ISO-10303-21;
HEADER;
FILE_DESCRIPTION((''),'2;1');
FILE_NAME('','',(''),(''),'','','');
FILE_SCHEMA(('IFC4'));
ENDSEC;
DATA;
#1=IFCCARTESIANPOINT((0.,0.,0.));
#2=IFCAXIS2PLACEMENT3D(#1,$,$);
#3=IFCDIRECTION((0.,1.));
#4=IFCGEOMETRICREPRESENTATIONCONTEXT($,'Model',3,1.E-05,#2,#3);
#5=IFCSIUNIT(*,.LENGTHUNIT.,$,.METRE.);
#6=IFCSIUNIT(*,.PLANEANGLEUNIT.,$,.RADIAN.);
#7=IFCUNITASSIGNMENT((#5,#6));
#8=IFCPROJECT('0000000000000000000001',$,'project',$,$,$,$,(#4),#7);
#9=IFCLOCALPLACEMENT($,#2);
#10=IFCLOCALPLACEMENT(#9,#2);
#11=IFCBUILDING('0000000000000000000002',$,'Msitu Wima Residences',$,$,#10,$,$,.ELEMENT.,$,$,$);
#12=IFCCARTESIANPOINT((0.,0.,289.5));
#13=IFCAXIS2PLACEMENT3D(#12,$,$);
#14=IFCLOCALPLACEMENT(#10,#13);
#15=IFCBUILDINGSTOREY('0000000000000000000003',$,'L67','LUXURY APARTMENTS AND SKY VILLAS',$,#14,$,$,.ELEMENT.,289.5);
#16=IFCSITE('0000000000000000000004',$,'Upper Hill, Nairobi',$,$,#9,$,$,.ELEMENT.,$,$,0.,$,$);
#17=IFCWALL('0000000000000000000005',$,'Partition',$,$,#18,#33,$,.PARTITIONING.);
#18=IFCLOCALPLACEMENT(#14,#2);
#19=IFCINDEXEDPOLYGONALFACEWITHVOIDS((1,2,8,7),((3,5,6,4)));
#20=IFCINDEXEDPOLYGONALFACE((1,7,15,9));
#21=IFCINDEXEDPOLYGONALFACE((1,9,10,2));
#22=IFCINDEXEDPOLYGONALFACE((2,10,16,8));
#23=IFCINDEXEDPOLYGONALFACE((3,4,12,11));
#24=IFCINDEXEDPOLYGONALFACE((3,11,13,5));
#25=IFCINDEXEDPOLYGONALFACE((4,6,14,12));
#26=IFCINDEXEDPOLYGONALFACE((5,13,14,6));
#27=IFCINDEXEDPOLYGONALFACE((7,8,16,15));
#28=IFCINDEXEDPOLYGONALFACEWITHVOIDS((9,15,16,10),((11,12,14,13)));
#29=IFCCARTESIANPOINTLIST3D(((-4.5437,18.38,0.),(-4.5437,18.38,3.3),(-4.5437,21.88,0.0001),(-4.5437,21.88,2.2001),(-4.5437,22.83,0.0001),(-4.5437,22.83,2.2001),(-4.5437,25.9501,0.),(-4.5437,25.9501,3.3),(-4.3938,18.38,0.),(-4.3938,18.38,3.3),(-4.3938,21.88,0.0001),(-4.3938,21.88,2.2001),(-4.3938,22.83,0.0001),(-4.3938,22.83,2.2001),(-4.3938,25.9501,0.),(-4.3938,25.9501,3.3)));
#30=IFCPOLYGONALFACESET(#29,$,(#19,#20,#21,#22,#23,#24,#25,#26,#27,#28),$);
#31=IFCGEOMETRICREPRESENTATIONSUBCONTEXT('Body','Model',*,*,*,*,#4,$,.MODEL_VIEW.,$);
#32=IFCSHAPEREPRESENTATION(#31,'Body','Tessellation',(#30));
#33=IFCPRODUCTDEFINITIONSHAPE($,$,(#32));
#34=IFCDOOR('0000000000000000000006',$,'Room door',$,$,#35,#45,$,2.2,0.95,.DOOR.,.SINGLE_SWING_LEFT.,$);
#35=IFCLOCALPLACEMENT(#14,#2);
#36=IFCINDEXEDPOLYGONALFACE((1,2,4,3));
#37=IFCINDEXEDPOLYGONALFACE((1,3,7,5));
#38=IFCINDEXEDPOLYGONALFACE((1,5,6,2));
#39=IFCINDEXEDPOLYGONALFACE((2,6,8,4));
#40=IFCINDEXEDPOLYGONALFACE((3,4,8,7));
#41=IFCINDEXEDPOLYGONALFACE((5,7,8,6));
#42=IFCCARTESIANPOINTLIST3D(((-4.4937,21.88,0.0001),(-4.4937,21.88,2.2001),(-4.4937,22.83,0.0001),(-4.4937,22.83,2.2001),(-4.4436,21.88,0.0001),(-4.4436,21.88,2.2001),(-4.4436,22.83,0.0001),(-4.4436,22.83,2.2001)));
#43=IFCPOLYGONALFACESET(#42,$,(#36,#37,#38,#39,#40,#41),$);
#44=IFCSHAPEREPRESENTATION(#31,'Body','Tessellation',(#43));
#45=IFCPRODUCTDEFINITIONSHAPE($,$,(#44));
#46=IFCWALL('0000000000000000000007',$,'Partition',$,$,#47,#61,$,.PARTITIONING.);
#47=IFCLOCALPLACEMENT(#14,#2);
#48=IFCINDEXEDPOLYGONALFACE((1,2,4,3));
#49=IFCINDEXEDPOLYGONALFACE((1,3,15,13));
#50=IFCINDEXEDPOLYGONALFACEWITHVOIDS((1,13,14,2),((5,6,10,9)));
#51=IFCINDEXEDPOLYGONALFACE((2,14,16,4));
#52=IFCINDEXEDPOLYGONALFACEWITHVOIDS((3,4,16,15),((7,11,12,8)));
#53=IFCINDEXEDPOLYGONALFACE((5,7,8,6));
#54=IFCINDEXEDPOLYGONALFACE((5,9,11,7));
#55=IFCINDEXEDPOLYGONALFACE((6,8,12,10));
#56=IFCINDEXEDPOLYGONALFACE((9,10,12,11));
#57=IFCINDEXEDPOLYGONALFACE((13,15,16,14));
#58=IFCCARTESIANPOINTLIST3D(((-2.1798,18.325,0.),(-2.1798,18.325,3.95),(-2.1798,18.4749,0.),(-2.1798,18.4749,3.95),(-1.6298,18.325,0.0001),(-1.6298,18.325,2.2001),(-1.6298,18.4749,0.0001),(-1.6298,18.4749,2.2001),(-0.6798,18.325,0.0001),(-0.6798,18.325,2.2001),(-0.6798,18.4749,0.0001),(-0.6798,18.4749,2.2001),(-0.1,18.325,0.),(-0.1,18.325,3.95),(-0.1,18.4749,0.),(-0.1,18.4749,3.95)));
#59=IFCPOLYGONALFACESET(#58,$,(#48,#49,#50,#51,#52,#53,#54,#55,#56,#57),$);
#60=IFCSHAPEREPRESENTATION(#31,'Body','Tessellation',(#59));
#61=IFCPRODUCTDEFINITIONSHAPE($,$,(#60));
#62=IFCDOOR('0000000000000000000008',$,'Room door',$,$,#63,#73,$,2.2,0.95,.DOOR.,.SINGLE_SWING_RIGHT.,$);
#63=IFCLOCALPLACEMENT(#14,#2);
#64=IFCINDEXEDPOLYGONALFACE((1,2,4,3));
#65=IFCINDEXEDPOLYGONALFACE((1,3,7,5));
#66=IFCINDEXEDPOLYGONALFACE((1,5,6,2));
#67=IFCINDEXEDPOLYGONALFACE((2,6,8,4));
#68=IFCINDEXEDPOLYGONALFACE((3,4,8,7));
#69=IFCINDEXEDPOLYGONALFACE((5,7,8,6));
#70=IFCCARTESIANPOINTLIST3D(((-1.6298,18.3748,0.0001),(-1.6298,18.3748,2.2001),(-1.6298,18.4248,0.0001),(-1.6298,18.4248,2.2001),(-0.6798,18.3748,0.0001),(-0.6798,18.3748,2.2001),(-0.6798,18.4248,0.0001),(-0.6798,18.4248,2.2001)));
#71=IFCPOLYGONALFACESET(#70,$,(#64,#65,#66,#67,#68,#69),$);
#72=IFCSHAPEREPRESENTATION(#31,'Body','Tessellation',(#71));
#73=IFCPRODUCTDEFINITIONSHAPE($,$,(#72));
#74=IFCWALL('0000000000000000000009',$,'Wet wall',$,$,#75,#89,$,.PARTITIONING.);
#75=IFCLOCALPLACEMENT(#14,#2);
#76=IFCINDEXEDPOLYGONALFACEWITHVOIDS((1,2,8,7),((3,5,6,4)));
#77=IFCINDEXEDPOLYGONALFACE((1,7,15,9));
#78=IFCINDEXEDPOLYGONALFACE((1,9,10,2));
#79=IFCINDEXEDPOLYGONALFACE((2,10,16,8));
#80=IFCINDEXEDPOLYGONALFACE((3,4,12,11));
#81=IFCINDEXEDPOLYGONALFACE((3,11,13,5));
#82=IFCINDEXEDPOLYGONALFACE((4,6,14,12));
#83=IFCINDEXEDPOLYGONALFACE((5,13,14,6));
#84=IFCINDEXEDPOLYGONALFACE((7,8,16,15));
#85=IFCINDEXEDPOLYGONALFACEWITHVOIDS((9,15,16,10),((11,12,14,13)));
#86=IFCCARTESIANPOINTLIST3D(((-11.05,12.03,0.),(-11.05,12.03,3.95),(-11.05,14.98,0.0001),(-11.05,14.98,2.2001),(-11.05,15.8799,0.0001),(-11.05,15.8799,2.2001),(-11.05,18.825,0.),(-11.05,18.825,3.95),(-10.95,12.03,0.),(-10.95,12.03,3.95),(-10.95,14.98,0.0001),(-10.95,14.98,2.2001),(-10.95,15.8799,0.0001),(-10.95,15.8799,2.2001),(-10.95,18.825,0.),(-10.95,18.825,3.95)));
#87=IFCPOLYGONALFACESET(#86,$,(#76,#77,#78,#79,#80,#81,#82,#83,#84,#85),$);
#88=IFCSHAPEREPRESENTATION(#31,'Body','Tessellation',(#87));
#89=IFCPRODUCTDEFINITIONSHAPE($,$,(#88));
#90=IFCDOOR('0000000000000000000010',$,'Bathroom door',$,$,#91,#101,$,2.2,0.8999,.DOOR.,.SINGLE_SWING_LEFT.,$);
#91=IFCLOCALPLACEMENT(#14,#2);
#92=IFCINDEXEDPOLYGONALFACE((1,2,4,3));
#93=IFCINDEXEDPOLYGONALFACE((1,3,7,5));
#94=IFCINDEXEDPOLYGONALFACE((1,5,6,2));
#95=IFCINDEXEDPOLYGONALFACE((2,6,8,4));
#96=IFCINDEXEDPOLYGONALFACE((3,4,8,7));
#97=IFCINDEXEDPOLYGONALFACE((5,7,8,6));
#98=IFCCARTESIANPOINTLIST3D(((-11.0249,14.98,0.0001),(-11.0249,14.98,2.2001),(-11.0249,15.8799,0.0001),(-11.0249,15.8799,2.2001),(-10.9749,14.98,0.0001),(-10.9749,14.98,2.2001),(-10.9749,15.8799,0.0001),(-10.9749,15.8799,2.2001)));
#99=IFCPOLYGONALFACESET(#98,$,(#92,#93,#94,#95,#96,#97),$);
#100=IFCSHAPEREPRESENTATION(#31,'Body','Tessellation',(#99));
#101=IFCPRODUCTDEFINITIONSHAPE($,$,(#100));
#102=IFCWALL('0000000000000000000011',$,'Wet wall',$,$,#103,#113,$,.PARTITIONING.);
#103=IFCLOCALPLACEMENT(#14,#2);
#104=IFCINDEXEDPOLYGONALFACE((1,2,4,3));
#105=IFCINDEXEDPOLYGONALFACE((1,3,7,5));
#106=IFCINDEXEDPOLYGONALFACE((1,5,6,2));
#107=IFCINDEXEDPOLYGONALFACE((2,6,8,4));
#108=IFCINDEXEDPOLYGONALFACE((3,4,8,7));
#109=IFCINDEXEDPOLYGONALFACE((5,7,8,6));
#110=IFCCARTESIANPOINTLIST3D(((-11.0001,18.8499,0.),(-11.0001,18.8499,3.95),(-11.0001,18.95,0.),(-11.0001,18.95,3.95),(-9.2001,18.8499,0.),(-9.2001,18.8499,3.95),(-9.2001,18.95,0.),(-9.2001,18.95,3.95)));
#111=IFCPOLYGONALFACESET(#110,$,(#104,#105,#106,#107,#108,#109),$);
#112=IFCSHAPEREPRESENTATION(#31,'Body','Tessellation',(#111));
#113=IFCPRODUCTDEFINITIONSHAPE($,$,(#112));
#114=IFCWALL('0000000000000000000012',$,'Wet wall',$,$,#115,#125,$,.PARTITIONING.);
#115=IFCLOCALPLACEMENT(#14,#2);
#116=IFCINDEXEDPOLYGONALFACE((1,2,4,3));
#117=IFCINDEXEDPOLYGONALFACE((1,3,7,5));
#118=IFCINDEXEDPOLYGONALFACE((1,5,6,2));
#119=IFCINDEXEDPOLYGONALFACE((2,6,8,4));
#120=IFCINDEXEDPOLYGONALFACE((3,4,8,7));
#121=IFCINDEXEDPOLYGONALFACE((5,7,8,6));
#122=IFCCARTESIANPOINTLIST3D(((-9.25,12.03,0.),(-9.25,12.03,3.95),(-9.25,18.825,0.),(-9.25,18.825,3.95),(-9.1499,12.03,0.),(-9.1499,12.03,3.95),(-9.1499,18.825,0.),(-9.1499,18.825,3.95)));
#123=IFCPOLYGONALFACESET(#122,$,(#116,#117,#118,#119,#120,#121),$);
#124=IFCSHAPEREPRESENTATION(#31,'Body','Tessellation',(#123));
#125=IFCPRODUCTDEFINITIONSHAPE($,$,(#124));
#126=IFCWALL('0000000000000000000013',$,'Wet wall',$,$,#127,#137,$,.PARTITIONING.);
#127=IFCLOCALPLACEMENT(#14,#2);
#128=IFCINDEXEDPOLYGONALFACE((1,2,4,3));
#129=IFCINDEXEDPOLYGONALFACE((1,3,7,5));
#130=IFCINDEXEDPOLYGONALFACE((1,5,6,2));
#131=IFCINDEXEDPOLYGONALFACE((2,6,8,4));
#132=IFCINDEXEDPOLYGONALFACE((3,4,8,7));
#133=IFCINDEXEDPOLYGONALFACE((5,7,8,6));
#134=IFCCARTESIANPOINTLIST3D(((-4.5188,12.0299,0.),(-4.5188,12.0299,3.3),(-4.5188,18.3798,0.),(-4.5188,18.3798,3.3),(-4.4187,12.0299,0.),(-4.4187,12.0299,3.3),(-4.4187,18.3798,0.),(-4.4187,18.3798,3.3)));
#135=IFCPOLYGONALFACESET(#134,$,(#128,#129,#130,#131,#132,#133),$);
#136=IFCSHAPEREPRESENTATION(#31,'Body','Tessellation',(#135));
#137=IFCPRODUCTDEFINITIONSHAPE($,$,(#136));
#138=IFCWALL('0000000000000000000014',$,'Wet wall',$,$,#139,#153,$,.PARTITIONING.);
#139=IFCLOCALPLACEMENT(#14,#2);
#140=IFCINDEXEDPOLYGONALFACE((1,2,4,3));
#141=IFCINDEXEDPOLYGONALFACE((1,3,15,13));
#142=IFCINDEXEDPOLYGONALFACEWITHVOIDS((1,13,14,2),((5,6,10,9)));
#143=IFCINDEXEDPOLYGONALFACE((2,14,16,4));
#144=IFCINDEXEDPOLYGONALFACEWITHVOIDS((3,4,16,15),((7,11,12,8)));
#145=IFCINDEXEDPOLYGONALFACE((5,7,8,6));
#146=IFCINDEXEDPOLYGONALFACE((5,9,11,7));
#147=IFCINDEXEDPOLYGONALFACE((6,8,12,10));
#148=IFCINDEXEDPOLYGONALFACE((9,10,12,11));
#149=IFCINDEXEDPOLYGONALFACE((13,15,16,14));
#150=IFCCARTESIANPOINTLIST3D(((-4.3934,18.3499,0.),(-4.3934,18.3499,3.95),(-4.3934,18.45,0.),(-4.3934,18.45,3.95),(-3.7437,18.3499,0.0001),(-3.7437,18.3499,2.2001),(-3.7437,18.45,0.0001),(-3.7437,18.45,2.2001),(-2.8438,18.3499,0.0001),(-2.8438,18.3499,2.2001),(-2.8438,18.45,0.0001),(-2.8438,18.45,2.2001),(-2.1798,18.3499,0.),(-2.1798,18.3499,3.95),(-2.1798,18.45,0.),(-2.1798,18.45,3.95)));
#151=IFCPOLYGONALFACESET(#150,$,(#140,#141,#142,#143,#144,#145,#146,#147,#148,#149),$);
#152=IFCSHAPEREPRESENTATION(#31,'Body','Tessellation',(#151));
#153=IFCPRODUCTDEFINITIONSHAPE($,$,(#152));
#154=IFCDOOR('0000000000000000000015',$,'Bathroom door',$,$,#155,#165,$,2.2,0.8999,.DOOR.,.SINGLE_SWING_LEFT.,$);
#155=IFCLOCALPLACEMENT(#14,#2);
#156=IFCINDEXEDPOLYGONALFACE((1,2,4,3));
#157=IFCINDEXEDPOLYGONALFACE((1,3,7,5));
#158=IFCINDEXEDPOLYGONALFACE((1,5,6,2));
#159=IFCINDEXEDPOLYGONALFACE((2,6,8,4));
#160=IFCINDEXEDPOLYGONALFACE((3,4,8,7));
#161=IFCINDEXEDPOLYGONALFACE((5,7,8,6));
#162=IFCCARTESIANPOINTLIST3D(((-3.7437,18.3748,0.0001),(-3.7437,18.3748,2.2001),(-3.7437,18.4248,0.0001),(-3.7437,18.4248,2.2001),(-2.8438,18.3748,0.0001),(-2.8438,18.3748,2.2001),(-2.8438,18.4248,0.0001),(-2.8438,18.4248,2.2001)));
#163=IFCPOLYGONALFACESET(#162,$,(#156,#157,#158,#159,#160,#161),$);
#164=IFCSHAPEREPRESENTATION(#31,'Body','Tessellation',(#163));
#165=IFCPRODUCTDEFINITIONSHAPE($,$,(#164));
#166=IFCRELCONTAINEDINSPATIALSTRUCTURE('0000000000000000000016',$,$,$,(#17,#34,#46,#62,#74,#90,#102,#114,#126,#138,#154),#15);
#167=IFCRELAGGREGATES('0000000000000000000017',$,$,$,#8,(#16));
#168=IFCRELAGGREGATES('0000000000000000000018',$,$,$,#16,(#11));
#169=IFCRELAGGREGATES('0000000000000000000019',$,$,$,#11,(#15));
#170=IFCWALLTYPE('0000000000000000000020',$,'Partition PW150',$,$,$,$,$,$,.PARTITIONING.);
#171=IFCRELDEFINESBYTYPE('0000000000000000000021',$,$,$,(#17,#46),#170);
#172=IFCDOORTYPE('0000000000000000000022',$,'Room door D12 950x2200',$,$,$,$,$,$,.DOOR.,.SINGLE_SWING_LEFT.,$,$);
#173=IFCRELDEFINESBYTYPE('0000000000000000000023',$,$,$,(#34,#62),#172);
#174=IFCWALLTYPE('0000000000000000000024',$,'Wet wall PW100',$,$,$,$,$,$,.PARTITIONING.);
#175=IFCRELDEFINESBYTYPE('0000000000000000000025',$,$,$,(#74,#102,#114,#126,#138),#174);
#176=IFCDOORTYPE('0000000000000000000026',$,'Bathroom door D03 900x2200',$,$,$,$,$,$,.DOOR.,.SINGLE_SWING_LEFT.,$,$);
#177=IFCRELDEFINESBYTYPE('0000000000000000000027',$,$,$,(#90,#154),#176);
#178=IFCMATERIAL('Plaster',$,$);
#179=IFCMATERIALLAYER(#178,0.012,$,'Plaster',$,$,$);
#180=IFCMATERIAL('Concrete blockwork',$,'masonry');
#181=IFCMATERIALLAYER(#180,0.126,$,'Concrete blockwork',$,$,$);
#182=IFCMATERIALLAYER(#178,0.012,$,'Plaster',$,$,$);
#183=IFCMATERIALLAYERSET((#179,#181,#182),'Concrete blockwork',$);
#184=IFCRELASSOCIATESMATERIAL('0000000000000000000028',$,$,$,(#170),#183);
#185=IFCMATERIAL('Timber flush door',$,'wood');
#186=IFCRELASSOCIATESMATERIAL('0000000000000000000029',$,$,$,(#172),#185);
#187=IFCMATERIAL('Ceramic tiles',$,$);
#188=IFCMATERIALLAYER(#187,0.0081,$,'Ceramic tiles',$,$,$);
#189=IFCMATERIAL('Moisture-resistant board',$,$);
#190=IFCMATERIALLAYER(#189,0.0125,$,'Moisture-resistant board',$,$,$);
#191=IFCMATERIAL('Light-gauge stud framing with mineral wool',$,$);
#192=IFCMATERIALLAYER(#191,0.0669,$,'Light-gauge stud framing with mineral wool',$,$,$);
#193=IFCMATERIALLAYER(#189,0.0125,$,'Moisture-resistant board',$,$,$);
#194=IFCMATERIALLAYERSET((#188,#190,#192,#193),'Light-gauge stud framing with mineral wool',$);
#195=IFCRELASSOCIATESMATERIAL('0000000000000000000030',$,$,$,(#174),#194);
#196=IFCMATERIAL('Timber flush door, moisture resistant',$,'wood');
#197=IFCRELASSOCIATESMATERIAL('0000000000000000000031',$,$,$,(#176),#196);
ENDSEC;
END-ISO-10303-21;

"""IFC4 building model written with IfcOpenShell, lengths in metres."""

from ifc_helpers import new_model, si_unit, direction, frame, frame_2d, origin, place, context, subcontext, project, spatial, rectangle, extrude, material, layer, layer_set, type_object, element, fill, save


model = new_model("IFC4")

# Units and contexts
model_context = context("Model", 3, precision=1e-05, world=origin(), true_north=direction((0.0, 1.0)))
body_context = subcontext(model_context, "Body", "Model", "MODEL_VIEW")
ifc_project = project(units=[si_unit("LENGTHUNIT", "METRE"), si_unit("PLANEANGLEUNIT", "RADIAN")], contexts=[model_context])

# Site, building, storey
site_placement = place(None, origin())
site = spatial("IfcSite", under=ifc_project, at=site_placement, Name="Upper Hill, Nairobi", CompositionType="ELEMENT", RefElevation=0.0)
building_placement = place(site_placement, origin())
building = spatial("IfcBuilding", under=site, at=building_placement, Name="Msitu Wima Residences", CompositionType="ELEMENT")
storey_placement = place(building_placement, frame((0.0, 0.0, 289.5)))
storey = spatial("IfcBuildingStorey", under=building, at=storey_placement, Name="L67", Description="LUXURY APARTMENTS AND SKY VILLAS", CompositionType="ELEMENT", Elevation=289.5)

# Walls, openings, doors
ifc_material_1 = material(Name="Plaster")
ifc_layer_1 = layer(ifc_material_1, 0.012, Name="Plaster")
ifc_material_2 = material(Name="Concrete blockwork", Category="masonry")
ifc_layer_2 = layer(ifc_material_2, 0.126, Name="Concrete blockwork")
ifc_layer_3 = layer(ifc_material_1, 0.012, Name="Plaster")
ifc_layer_set_1 = layer_set([ifc_layer_1, ifc_layer_2, ifc_layer_3], Name="Concrete blockwork")
wall_type_1 = type_object("IfcWallType", Name="Partition PW150", PredefinedType="PARTITIONING", material=ifc_layer_set_1)
ifc_material_3 = material(Name="Timber flush door", Category="wood")
door_type_1 = type_object("IfcDoorType", Name="Room door D12 950x2200", OperationType="SINGLE_SWING_LEFT", PredefinedType="DOOR", material=ifc_material_3)
wall_1_placement = place(storey_placement, frame((-4.4688, 18.3799, 0.0), z_axis=(0.0, 0.0, 1.0), x_axis=(0.0, 1.0, 0.0)))
wall_1 = element("IfcWall", 1, at=wall_1_placement, inside=storey, type_object=wall_type_1, Name="Partition", PredefinedType="PARTITIONING", context=body_context, shape_type="SweptSolid", body=[
    extrude(rectangle(XDim=7.5701, YDim=0.1499, at=frame_2d((3.7852, 0.0))), origin(), (0.0, 0.0, 1.0), 3.3),
])
opening_1_placement = place(wall_1_placement, frame((3.5, 0.0, 0.0)))
opening_1 = element("IfcOpeningElement", 2, at=opening_1_placement, cuts=wall_1, PredefinedType="OPENING", context=body_context, shape_type="SweptSolid", body=[
    extrude(rectangle(XDim=0.95, YDim=2.2, at=frame_2d((0.4751, 1.1001))), frame((0.0, 0.085, 0.0), z_axis=(0.0, -1.0, 0.0), x_axis=(1.0, 0.0, 0.0)), (0.0, 0.0, 1.0), 0.1699),
])
door_1_placement = place(opening_1_placement, origin())
door_1 = element("IfcDoor", 3, at=door_1_placement, inside=storey, type_object=door_type_1, Name="Room door", OperationType="SINGLE_SWING_LEFT", OverallHeight=2.2, OverallWidth=0.95, PredefinedType="DOOR", context=body_context, shape_type="SweptSolid", body=[
    extrude(rectangle(XDim=0.95, YDim=2.2, at=frame_2d((0.4751, 1.1001))), frame((0.0, 0.0249, 0.0), z_axis=(0.0, -1.0, 0.0), x_axis=(1.0, 0.0, 0.0)), (0.0, 0.0, 1.0), 0.05),
])
fill(opening_1, door_1)
wall_2_placement = place(storey_placement, frame((-2.1799, 18.3999, 0.0), z_axis=(0.0, 0.0, 1.0), x_axis=(1.0, 0.0, 0.0)))
wall_2 = element("IfcWall", 4, at=wall_2_placement, inside=storey, type_object=wall_type_1, Name="Partition", PredefinedType="PARTITIONING", context=body_context, shape_type="SweptSolid", body=[
    extrude(rectangle(XDim=2.0798, YDim=0.1499, at=frame_2d((1.04, 0.0))), origin(), (0.0, 0.0, 1.0), 3.95),
])
opening_2_placement = place(wall_2_placement, frame((0.55, 0.0, 0.0)))
opening_2 = element("IfcOpeningElement", 5, at=opening_2_placement, cuts=wall_2, PredefinedType="OPENING", context=body_context, shape_type="SweptSolid", body=[
    extrude(rectangle(XDim=0.95, YDim=2.2, at=frame_2d((0.4751, 1.1001))), frame((0.0, 0.085, 0.0), z_axis=(0.0, -1.0, 0.0), x_axis=(1.0, 0.0, 0.0)), (0.0, 0.0, 1.0), 0.1699),
])
door_2_placement = place(opening_2_placement, origin())
door_2 = element("IfcDoor", 6, at=door_2_placement, inside=storey, type_object=door_type_1, Name="Room door", OperationType="SINGLE_SWING_RIGHT", OverallHeight=2.2, OverallWidth=0.95, PredefinedType="DOOR", context=body_context, shape_type="SweptSolid", body=[
    extrude(rectangle(XDim=0.95, YDim=2.2, at=frame_2d((0.4751, 1.1001))), frame((0.0, 0.0249, 0.0), z_axis=(0.0, -1.0, 0.0), x_axis=(1.0, 0.0, 0.0)), (0.0, 0.0, 1.0), 0.05),
])
fill(opening_2, door_2)
ifc_material_4 = material(Name="Ceramic tiles")
ifc_layer_4 = layer(ifc_material_4, 0.0081, Name="Ceramic tiles")
ifc_material_5 = material(Name="Moisture-resistant board")
ifc_layer_5 = layer(ifc_material_5, 0.0125, Name="Moisture-resistant board")
ifc_material_6 = material(Name="Light-gauge stud framing with mineral wool")
ifc_layer_6 = layer(ifc_material_6, 0.0669, Name="Light-gauge stud framing with mineral wool")
ifc_layer_7 = layer(ifc_material_5, 0.0125, Name="Moisture-resistant board")
ifc_layer_set_2 = layer_set([ifc_layer_4, ifc_layer_5, ifc_layer_6, ifc_layer_7], Name="Light-gauge stud framing with mineral wool")
wall_type_2 = type_object("IfcWallType", Name="Wet wall PW100", PredefinedType="PARTITIONING", material=ifc_layer_set_2)
wall_3_placement = place(storey_placement, frame((-11.0, 12.03, 0.0), z_axis=(0.0, 0.0, 1.0), x_axis=(0.0, 1.0, 0.0)))
wall_3 = element("IfcWall", 7, at=wall_3_placement, inside=storey, type_object=wall_type_2, Name="Wet wall", PredefinedType="PARTITIONING", context=body_context, shape_type="SweptSolid", body=[
    extrude(rectangle(XDim=6.7949, YDim=0.1001, at=frame_2d((3.3975, 0.0))), origin(), (0.0, 0.0, 1.0), 3.95),
])
opening_3_placement = place(wall_3_placement, frame((2.95, 0.0, 0.0)))
opening_3 = element("IfcOpeningElement", 8, at=opening_3_placement, cuts=wall_3, PredefinedType="OPENING", context=body_context, shape_type="SweptSolid", body=[
    extrude(rectangle(XDim=0.8999, YDim=2.2, at=frame_2d((0.45, 1.1001))), frame((0.0, 0.0601, 0.0), z_axis=(0.0, -1.0, 0.0), x_axis=(1.0, 0.0, 0.0)), (0.0, 0.0, 1.0), 0.1201),
])
ifc_material_7 = material(Name="Timber flush door, moisture resistant", Category="wood")
door_type_2 = type_object("IfcDoorType", Name="Bathroom door D03 900x2200", OperationType="SINGLE_SWING_LEFT", PredefinedType="DOOR", material=ifc_material_7)
door_3_placement = place(opening_3_placement, origin())
door_3 = element("IfcDoor", 9, at=door_3_placement, inside=storey, type_object=door_type_2, Name="Bathroom door", OperationType="SINGLE_SWING_LEFT", OverallHeight=2.2, OverallWidth=0.8999, PredefinedType="DOOR", context=body_context, shape_type="SweptSolid", body=[
    extrude(rectangle(XDim=0.8999, YDim=2.2, at=frame_2d((0.45, 1.1001))), frame((0.0, 0.0249, 0.0), z_axis=(0.0, -1.0, 0.0), x_axis=(1.0, 0.0, 0.0)), (0.0, 0.0, 1.0), 0.05),
])
fill(opening_3, door_3)

# Walls
wall_4_placement = place(storey_placement, frame((-11.0, 18.8999, 0.0), z_axis=(0.0, 0.0, 1.0), x_axis=(1.0, 0.0, 0.0)))
element("IfcWall", 10, at=wall_4_placement, inside=storey, type_object=wall_type_2, Name="Wet wall", PredefinedType="PARTITIONING", context=body_context, shape_type="SweptSolid", body=[
    extrude(rectangle(XDim=1.8, YDim=0.1001, at=frame_2d((0.8999, 0.0))), origin(), (0.0, 0.0, 1.0), 3.95),
])
wall_5_placement = place(storey_placement, frame((-9.2, 12.03, 0.0), z_axis=(0.0, 0.0, 1.0), x_axis=(0.0, 1.0, 0.0)))
element("IfcWall", 11, at=wall_5_placement, inside=storey, type_object=wall_type_2, Name="Wet wall", PredefinedType="PARTITIONING", context=body_context, shape_type="SweptSolid", body=[
    extrude(rectangle(XDim=6.7949, YDim=0.1001, at=frame_2d((3.3975, 0.0))), origin(), (0.0, 0.0, 1.0), 3.95),
])
wall_6_placement = place(storey_placement, frame((-4.4688, 12.03, 0.0), z_axis=(0.0, 0.0, 1.0), x_axis=(0.0, 1.0, 0.0)))
element("IfcWall", 12, at=wall_6_placement, inside=storey, type_object=wall_type_2, Name="Wet wall", PredefinedType="PARTITIONING", context=body_context, shape_type="SweptSolid", body=[
    extrude(rectangle(XDim=6.3499, YDim=0.1001, at=frame_2d((3.1748, 0.0))), origin(), (0.0, 0.0, 1.0), 3.3),
])

# Wall, opening, door
wall_7_placement = place(storey_placement, frame((-4.3936, 18.3999, 0.0), z_axis=(0.0, 0.0, 1.0), x_axis=(1.0, 0.0, 0.0)))
wall_7 = element("IfcWall", 13, at=wall_7_placement, inside=storey, type_object=wall_type_2, Name="Wet wall", PredefinedType="PARTITIONING", context=body_context, shape_type="SweptSolid", body=[
    extrude(rectangle(XDim=2.2136, YDim=0.1001, at=frame_2d((1.1069, 0.0))), origin(), (0.0, 0.0, 1.0), 3.95),
])
opening_4_placement = place(wall_7_placement, frame((0.6499, 0.0, 0.0)))
opening_4 = element("IfcOpeningElement", 14, at=opening_4_placement, cuts=wall_7, PredefinedType="OPENING", context=body_context, shape_type="SweptSolid", body=[
    extrude(rectangle(XDim=0.8999, YDim=2.2, at=frame_2d((0.45, 1.1001))), frame((0.0, 0.0601, 0.0), z_axis=(0.0, -1.0, 0.0), x_axis=(1.0, 0.0, 0.0)), (0.0, 0.0, 1.0), 0.1201),
])
door_4_placement = place(opening_4_placement, origin())
door_4 = element("IfcDoor", 15, at=door_4_placement, inside=storey, type_object=door_type_2, Name="Bathroom door", OperationType="SINGLE_SWING_LEFT", OverallHeight=2.2, OverallWidth=0.8999, PredefinedType="DOOR", context=body_context, shape_type="SweptSolid", body=[
    extrude(rectangle(XDim=0.8999, YDim=2.2, at=frame_2d((0.45, 1.1001))), frame((0.0, 0.0249, 0.0), z_axis=(0.0, -1.0, 0.0), x_axis=(1.0, 0.0, 0.0)), (0.0, 0.0, 1.0), 0.05),
])
fill(opening_4, door_4)

save(model, "model.ifc")
